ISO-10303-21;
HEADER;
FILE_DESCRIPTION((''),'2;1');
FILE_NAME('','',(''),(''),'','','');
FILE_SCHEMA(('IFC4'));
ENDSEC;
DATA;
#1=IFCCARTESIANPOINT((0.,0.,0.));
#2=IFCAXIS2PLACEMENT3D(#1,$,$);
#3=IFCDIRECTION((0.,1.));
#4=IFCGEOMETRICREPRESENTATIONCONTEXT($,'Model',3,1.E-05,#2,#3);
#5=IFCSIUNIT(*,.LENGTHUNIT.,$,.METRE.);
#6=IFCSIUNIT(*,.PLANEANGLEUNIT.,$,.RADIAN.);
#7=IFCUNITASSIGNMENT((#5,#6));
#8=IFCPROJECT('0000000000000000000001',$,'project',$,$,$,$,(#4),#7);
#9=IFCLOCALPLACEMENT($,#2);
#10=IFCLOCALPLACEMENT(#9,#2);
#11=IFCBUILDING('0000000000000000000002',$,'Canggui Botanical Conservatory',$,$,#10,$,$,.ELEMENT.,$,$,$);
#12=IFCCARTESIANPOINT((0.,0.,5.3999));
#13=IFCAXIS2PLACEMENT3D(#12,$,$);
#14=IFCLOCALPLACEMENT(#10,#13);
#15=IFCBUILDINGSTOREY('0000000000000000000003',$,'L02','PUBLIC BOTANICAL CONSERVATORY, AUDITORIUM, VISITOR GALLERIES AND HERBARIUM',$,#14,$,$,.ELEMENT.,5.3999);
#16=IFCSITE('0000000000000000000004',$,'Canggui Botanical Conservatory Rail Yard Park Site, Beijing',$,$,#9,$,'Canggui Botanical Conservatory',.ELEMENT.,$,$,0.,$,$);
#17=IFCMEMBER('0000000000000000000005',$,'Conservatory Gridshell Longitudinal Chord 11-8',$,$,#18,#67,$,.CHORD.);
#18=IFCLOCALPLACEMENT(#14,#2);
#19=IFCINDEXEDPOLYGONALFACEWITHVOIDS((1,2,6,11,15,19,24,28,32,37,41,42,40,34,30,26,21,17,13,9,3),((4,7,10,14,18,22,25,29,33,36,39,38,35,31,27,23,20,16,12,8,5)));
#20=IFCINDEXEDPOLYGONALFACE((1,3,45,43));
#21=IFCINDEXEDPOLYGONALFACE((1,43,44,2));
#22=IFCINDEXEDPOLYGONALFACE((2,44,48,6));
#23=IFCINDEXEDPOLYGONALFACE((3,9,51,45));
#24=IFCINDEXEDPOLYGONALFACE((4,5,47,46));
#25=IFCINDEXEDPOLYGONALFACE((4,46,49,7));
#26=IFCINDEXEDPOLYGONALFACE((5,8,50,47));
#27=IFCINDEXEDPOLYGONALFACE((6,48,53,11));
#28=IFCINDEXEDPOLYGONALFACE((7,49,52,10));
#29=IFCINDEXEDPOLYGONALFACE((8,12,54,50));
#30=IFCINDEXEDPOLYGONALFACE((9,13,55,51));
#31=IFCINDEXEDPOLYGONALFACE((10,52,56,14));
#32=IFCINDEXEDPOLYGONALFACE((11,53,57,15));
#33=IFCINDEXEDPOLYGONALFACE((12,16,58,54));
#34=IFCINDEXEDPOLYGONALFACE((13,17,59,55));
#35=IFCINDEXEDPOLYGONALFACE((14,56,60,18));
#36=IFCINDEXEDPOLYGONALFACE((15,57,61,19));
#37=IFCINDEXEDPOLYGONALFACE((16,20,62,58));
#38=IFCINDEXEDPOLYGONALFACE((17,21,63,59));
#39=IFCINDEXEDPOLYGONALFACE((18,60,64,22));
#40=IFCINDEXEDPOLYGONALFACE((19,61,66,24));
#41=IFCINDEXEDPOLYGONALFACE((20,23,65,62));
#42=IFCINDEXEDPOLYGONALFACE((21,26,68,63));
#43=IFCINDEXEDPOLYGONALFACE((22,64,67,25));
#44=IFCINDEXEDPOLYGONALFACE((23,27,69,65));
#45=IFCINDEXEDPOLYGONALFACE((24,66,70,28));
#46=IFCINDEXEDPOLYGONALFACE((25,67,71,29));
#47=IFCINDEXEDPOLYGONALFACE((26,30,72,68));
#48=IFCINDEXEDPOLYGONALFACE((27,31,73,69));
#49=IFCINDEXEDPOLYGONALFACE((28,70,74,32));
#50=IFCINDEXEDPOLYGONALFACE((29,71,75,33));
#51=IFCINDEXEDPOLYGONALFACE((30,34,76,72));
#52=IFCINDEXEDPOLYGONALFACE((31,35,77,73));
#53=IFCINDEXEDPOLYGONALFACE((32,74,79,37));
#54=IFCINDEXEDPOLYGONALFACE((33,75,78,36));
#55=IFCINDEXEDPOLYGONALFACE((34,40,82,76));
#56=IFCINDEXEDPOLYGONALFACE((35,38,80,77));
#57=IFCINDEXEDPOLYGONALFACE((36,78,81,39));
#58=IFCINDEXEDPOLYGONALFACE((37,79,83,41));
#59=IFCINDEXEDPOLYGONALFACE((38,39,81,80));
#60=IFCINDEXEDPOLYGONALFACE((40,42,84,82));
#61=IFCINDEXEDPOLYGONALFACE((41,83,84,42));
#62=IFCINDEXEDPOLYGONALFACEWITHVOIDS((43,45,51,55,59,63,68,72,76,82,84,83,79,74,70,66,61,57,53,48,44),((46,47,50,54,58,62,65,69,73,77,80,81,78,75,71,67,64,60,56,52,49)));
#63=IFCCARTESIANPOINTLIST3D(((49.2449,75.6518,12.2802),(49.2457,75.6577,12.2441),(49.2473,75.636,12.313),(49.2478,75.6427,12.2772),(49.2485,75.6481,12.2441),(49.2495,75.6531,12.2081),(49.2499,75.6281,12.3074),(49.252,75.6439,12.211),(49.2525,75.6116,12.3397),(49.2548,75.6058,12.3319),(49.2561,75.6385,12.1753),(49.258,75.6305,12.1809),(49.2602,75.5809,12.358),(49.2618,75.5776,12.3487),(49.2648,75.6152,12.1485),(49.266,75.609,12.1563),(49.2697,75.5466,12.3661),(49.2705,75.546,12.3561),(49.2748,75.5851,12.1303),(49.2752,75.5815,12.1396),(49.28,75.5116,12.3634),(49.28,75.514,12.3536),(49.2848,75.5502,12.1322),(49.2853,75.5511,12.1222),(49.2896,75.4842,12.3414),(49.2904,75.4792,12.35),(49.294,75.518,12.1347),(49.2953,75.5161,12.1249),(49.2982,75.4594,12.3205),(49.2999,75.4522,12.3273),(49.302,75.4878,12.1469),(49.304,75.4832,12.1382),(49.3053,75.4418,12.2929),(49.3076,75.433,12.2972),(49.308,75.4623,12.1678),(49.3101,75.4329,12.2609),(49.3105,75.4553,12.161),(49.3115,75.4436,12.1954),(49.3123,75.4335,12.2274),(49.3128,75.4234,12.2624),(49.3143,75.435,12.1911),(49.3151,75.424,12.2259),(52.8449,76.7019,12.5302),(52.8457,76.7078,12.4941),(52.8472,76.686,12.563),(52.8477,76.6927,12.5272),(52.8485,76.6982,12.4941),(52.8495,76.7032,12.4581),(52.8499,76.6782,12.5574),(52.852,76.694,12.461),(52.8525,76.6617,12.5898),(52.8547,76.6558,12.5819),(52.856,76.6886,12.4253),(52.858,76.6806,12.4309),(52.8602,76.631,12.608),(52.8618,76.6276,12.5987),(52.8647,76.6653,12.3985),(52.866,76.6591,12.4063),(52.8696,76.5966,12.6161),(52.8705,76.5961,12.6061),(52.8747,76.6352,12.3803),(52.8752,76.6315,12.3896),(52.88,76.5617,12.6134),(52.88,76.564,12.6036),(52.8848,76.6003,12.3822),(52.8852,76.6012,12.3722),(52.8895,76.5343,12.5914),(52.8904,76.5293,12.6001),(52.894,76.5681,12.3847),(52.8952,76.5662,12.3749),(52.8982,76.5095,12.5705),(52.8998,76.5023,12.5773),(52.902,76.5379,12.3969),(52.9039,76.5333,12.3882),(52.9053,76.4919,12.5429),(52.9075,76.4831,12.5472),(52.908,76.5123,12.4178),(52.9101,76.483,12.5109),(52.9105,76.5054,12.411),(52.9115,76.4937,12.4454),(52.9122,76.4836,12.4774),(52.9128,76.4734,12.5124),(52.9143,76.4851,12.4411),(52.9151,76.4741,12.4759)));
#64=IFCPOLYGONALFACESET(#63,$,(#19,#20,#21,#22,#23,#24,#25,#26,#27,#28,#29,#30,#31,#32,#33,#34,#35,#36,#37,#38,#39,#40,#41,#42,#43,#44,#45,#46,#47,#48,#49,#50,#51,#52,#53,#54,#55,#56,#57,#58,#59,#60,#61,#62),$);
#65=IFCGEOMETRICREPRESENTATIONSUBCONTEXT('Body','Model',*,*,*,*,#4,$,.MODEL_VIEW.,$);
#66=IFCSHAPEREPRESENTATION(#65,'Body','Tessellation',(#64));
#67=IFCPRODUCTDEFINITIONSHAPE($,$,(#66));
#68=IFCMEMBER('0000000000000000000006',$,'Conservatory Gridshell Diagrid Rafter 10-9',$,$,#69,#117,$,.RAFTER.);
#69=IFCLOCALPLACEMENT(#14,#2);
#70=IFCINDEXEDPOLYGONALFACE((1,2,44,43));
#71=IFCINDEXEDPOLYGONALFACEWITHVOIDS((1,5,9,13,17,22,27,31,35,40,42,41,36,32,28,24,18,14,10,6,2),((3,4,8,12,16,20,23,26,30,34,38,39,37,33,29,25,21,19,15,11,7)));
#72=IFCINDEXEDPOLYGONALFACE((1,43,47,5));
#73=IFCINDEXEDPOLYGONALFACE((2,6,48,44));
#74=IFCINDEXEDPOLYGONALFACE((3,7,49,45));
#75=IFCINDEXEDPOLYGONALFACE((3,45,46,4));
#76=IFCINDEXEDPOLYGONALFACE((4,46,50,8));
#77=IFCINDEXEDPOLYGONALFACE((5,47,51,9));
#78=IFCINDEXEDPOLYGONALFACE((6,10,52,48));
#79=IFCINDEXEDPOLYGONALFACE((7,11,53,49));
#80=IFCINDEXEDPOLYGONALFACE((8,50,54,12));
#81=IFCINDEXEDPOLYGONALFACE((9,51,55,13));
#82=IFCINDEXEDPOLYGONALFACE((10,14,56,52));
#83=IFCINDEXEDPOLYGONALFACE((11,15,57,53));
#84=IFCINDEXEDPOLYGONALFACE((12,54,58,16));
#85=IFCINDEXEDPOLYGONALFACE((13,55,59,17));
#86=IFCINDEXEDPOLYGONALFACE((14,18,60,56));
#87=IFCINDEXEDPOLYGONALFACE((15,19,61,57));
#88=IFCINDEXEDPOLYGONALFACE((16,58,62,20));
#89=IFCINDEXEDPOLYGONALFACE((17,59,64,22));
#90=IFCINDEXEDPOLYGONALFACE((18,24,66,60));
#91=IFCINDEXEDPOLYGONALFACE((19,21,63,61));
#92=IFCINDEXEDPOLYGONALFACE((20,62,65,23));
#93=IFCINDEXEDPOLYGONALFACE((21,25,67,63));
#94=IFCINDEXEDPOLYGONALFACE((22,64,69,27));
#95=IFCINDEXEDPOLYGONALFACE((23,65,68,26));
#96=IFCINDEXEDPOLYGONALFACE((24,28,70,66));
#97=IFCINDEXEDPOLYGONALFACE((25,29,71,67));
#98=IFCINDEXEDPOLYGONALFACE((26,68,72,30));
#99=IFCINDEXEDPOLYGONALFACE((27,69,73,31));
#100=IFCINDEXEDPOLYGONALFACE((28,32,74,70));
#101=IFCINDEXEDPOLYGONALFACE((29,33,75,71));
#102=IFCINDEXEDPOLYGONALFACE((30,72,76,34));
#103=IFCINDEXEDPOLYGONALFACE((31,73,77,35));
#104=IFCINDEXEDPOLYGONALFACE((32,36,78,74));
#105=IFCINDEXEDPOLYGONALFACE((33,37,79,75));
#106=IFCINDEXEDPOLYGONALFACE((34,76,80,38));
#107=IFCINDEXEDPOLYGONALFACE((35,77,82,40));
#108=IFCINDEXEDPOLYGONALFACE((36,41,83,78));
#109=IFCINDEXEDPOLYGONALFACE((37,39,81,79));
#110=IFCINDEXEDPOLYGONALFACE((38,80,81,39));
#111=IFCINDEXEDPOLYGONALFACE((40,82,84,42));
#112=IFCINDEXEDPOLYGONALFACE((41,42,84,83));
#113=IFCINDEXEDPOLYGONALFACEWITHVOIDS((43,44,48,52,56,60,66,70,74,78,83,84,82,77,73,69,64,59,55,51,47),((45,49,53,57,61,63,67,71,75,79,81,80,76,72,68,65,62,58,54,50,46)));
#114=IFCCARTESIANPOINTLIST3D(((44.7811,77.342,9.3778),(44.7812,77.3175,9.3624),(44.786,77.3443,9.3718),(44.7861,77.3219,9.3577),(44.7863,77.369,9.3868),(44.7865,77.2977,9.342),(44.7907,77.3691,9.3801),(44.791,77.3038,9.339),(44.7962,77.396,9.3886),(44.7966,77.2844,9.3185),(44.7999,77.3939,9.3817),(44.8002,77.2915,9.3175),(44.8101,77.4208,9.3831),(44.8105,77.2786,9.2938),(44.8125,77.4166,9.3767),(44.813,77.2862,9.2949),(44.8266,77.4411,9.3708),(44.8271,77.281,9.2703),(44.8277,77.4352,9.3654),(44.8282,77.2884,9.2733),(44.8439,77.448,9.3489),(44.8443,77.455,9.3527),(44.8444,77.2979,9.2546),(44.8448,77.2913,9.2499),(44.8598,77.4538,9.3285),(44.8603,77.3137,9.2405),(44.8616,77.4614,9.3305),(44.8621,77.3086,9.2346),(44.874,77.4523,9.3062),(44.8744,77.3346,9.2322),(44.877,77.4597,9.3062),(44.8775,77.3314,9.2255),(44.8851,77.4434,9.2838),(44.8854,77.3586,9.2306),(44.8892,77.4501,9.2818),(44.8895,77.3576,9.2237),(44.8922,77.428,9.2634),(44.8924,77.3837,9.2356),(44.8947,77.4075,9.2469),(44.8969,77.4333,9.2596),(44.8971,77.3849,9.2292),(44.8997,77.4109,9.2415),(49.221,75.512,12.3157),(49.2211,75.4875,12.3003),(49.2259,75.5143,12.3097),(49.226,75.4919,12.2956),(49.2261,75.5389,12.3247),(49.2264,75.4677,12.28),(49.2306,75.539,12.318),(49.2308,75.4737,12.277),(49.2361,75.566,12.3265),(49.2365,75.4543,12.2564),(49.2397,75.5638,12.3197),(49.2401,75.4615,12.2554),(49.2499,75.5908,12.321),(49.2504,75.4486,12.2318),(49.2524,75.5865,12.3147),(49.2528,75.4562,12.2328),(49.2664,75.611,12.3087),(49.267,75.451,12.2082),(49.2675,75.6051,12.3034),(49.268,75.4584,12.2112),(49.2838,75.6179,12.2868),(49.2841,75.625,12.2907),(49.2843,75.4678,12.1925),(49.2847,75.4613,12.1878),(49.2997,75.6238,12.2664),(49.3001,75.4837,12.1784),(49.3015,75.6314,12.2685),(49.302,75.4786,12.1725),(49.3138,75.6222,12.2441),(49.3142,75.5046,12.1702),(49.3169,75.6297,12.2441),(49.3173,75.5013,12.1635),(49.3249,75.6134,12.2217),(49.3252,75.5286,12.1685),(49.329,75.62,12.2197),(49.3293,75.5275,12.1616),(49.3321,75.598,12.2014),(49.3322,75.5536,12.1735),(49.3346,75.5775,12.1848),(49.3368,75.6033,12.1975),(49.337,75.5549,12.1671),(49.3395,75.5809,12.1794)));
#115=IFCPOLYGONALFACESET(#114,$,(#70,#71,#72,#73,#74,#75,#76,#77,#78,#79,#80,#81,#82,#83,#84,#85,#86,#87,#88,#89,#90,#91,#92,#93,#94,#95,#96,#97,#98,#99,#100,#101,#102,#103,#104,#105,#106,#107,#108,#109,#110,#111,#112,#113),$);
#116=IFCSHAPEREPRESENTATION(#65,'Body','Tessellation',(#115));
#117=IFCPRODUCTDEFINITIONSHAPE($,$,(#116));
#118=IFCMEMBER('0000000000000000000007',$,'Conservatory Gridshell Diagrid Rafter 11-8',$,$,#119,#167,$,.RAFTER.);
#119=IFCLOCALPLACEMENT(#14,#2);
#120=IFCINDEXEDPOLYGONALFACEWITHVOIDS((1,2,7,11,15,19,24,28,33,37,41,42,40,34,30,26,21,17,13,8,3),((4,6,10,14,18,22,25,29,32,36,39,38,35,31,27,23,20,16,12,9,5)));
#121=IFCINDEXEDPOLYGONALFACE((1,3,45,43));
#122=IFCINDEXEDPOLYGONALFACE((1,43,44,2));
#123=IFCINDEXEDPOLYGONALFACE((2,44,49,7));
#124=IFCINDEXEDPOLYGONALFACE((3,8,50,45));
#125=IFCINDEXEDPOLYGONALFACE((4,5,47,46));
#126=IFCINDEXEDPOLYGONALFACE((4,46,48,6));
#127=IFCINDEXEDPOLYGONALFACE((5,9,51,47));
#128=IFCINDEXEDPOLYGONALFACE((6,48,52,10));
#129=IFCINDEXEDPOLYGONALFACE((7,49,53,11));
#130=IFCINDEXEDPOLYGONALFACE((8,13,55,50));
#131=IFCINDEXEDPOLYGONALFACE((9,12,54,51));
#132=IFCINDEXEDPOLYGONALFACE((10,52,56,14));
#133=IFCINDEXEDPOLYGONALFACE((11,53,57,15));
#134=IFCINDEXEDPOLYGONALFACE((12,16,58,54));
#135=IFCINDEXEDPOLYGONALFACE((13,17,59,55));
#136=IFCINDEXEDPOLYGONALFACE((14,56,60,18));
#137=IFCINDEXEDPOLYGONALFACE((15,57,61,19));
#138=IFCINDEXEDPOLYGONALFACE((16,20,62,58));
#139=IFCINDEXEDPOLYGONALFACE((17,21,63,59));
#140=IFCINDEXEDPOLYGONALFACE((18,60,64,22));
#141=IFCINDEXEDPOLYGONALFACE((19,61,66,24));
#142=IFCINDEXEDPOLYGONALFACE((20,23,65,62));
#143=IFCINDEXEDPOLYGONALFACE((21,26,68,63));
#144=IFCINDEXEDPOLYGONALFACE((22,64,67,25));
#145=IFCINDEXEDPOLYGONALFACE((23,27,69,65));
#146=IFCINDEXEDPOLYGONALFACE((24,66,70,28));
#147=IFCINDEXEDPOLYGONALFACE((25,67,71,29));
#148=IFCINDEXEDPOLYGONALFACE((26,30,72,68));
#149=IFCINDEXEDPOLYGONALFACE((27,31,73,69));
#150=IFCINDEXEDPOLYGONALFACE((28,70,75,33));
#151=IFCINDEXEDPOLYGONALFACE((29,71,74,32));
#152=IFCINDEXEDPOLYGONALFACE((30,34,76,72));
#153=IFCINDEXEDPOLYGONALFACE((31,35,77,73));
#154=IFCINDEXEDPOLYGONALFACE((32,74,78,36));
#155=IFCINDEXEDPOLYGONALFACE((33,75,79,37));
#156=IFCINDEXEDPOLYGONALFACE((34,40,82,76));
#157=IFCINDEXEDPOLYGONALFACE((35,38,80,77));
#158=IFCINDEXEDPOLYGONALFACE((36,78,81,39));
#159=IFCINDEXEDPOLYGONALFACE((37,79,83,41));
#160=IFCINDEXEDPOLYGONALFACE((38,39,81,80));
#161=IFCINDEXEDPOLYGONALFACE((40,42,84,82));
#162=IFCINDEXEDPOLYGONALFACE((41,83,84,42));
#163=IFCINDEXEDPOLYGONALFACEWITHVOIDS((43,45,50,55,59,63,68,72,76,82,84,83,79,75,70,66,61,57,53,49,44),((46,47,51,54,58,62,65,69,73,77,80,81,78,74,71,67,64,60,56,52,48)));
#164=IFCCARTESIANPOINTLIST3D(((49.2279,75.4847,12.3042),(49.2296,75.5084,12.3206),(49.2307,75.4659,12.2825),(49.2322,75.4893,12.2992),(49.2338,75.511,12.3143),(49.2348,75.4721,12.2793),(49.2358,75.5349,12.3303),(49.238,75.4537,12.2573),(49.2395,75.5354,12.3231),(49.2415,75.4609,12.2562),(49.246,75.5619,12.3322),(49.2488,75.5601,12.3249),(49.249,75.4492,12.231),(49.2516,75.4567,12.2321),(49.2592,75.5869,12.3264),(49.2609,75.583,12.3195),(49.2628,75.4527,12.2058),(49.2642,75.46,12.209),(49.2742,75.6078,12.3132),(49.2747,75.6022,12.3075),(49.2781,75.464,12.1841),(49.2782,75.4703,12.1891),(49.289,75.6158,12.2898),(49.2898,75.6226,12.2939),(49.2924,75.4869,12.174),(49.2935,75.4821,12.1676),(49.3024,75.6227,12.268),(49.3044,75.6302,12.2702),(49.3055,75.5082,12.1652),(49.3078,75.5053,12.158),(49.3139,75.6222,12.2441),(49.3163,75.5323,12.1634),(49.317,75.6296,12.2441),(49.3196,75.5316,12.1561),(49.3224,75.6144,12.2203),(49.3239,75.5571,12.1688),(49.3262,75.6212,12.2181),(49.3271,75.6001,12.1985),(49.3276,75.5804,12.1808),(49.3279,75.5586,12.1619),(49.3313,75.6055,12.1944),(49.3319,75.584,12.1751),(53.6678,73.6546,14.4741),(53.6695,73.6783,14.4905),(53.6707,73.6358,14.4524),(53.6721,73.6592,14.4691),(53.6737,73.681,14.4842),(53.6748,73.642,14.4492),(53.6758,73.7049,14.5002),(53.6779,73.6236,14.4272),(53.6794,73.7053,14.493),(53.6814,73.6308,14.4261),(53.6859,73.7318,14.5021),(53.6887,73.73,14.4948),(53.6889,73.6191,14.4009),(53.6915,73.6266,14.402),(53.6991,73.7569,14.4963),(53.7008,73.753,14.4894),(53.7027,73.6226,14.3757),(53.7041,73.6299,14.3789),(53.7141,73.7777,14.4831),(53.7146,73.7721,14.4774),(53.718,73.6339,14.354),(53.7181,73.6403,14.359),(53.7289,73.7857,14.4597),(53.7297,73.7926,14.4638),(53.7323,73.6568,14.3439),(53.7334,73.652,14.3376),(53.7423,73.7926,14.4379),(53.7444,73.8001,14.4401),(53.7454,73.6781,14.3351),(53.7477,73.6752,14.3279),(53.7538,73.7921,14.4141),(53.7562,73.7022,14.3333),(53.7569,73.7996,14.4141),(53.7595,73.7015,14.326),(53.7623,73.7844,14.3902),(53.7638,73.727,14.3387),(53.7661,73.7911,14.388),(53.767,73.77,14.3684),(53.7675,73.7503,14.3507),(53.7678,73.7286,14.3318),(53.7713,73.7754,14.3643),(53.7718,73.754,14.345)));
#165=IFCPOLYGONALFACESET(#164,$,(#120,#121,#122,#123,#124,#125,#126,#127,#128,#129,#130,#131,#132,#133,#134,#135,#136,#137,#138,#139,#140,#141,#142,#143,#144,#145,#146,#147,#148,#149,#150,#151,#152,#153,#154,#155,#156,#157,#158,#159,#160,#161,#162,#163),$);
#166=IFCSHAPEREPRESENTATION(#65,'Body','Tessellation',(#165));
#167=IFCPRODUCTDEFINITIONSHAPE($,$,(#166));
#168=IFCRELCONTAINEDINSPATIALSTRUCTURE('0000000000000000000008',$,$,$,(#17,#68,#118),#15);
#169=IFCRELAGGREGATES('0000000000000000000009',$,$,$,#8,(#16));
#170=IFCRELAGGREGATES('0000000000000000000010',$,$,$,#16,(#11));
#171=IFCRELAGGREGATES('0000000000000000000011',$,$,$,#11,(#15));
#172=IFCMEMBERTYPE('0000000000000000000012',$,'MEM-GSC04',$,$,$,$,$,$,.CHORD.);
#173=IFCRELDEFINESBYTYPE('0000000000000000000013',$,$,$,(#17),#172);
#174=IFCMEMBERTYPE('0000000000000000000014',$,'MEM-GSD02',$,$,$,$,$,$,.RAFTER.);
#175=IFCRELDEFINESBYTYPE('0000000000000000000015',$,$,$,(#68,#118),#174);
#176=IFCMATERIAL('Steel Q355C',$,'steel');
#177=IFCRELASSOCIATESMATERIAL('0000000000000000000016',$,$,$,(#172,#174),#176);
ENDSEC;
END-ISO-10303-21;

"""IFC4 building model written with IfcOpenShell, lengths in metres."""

from ifc_helpers import new_model, si_unit, direction, frame, origin, origin_2d, place, context, subcontext, project, spatial, hollow_circle, extrude, material, material_profile, profile_set, type_object, element, save


model = new_model("IFC4")

# Units and contexts
model_context = context("Model", 3, precision=1e-05, world=origin(), true_north=direction((0.0, 1.0)))
body_context = subcontext(model_context, "Body", "Model", "MODEL_VIEW")
ifc_project = project(units=[si_unit("LENGTHUNIT", "METRE"), si_unit("PLANEANGLEUNIT", "RADIAN")], contexts=[model_context])

# Site, building, storey
site_placement = place(None, origin())
site = spatial("IfcSite", under=ifc_project, at=site_placement, Name="Canggui Botanical Conservatory Rail Yard Park Site, Beijing", LongName="Canggui Botanical Conservatory", CompositionType="ELEMENT", RefElevation=0.0)
building_placement = place(site_placement, origin())
building = spatial("IfcBuilding", under=site, at=building_placement, Name="Canggui Botanical Conservatory", CompositionType="ELEMENT")
storey_placement = place(building_placement, frame((0.0, 0.0, 5.3999)))
storey = spatial("IfcBuildingStorey", under=building, at=storey_placement, Name="L02", Description="PUBLIC BOTANICAL CONSERVATORY, AUDITORIUM, VISITOR GALLERIES AND HERBARIUM", CompositionType="ELEMENT", Elevation=5.3999)

# Shared definitions
ifc_material_1 = material(Name="Steel Q355C", Category="steel")

# Members
ifc_material_profile_1 = material_profile(ifc_material_1, hollow_circle(Radius=0.1226, WallThickness=0.01, at=origin_2d()), Name="CHS 245x10")
ifc_profile_set_1 = profile_set([ifc_material_profile_1], Name="Steel Q355C")
member_type_1 = type_object("IfcMemberType", Name="MEM-GSC04", PredefinedType="CHORD", material=ifc_profile_set_1)
member_1_placement = place(storey_placement, frame((49.28, 75.54, 12.2441), z_axis=(0.957867, 0.279402, 0.066521), x_axis=(-0.280023, 0.959993, 0.0)))
element("IfcMember", 1, at=member_1_placement, inside=storey, type_object=member_type_1, Name="Conservatory Gridshell Longitudinal Chord 11-8", PredefinedType="CHORD", context=body_context, shape_type="SweptSolid", body=[
    extrude(hollow_circle(Radius=0.1226, WallThickness=0.01, at=origin_2d()), origin(), (0.0, 0.0, 1.0), 3.7583),
])
ifc_material_profile_2 = material_profile(ifc_material_1, hollow_circle(Radius=0.0969, WallThickness=0.0081, at=origin_2d()), Name="CHS 194x8")
ifc_profile_set_2 = profile_set([ifc_material_profile_2], Name="Steel Q355C")
member_type_2 = type_object("IfcMemberType", Name="MEM-GSD02", PredefinedType="RAFTER", material=ifc_profile_set_2)
member_2_placement = place(storey_placement, frame((44.8401, 77.3701, 9.3062), z_axis=(0.788657, -0.325073, 0.521869), x_axis=(0.381082, 0.924541, 0.0)))
element("IfcMember", 2, at=member_2_placement, inside=storey, type_object=member_type_2, Name="Conservatory Gridshell Diagrid Rafter 10-9", PredefinedType="RAFTER", context=body_context, shape_type="SweptSolid", body=[
    extrude(hollow_circle(Radius=0.0969, WallThickness=0.0081, at=origin_2d()), origin(), (0.0, 0.0, 1.0), 5.6296),
])
member_3_placement = place(storey_placement, frame((49.28, 75.54, 12.2441), z_axis=(0.842525, -0.347276, 0.411765), x_axis=(0.381082, 0.924541, 0.0)))
element("IfcMember", 3, at=member_3_placement, inside=storey, type_object=member_type_2, Name="Conservatory Gridshell Diagrid Rafter 11-8", PredefinedType="RAFTER", context=body_context, shape_type="SweptSolid", body=[
    extrude(hollow_circle(Radius=0.0969, WallThickness=0.0081, at=origin_2d()), origin(), (0.0, 0.0, 1.0), 5.2698),
])

save(model, "model.ifc")
